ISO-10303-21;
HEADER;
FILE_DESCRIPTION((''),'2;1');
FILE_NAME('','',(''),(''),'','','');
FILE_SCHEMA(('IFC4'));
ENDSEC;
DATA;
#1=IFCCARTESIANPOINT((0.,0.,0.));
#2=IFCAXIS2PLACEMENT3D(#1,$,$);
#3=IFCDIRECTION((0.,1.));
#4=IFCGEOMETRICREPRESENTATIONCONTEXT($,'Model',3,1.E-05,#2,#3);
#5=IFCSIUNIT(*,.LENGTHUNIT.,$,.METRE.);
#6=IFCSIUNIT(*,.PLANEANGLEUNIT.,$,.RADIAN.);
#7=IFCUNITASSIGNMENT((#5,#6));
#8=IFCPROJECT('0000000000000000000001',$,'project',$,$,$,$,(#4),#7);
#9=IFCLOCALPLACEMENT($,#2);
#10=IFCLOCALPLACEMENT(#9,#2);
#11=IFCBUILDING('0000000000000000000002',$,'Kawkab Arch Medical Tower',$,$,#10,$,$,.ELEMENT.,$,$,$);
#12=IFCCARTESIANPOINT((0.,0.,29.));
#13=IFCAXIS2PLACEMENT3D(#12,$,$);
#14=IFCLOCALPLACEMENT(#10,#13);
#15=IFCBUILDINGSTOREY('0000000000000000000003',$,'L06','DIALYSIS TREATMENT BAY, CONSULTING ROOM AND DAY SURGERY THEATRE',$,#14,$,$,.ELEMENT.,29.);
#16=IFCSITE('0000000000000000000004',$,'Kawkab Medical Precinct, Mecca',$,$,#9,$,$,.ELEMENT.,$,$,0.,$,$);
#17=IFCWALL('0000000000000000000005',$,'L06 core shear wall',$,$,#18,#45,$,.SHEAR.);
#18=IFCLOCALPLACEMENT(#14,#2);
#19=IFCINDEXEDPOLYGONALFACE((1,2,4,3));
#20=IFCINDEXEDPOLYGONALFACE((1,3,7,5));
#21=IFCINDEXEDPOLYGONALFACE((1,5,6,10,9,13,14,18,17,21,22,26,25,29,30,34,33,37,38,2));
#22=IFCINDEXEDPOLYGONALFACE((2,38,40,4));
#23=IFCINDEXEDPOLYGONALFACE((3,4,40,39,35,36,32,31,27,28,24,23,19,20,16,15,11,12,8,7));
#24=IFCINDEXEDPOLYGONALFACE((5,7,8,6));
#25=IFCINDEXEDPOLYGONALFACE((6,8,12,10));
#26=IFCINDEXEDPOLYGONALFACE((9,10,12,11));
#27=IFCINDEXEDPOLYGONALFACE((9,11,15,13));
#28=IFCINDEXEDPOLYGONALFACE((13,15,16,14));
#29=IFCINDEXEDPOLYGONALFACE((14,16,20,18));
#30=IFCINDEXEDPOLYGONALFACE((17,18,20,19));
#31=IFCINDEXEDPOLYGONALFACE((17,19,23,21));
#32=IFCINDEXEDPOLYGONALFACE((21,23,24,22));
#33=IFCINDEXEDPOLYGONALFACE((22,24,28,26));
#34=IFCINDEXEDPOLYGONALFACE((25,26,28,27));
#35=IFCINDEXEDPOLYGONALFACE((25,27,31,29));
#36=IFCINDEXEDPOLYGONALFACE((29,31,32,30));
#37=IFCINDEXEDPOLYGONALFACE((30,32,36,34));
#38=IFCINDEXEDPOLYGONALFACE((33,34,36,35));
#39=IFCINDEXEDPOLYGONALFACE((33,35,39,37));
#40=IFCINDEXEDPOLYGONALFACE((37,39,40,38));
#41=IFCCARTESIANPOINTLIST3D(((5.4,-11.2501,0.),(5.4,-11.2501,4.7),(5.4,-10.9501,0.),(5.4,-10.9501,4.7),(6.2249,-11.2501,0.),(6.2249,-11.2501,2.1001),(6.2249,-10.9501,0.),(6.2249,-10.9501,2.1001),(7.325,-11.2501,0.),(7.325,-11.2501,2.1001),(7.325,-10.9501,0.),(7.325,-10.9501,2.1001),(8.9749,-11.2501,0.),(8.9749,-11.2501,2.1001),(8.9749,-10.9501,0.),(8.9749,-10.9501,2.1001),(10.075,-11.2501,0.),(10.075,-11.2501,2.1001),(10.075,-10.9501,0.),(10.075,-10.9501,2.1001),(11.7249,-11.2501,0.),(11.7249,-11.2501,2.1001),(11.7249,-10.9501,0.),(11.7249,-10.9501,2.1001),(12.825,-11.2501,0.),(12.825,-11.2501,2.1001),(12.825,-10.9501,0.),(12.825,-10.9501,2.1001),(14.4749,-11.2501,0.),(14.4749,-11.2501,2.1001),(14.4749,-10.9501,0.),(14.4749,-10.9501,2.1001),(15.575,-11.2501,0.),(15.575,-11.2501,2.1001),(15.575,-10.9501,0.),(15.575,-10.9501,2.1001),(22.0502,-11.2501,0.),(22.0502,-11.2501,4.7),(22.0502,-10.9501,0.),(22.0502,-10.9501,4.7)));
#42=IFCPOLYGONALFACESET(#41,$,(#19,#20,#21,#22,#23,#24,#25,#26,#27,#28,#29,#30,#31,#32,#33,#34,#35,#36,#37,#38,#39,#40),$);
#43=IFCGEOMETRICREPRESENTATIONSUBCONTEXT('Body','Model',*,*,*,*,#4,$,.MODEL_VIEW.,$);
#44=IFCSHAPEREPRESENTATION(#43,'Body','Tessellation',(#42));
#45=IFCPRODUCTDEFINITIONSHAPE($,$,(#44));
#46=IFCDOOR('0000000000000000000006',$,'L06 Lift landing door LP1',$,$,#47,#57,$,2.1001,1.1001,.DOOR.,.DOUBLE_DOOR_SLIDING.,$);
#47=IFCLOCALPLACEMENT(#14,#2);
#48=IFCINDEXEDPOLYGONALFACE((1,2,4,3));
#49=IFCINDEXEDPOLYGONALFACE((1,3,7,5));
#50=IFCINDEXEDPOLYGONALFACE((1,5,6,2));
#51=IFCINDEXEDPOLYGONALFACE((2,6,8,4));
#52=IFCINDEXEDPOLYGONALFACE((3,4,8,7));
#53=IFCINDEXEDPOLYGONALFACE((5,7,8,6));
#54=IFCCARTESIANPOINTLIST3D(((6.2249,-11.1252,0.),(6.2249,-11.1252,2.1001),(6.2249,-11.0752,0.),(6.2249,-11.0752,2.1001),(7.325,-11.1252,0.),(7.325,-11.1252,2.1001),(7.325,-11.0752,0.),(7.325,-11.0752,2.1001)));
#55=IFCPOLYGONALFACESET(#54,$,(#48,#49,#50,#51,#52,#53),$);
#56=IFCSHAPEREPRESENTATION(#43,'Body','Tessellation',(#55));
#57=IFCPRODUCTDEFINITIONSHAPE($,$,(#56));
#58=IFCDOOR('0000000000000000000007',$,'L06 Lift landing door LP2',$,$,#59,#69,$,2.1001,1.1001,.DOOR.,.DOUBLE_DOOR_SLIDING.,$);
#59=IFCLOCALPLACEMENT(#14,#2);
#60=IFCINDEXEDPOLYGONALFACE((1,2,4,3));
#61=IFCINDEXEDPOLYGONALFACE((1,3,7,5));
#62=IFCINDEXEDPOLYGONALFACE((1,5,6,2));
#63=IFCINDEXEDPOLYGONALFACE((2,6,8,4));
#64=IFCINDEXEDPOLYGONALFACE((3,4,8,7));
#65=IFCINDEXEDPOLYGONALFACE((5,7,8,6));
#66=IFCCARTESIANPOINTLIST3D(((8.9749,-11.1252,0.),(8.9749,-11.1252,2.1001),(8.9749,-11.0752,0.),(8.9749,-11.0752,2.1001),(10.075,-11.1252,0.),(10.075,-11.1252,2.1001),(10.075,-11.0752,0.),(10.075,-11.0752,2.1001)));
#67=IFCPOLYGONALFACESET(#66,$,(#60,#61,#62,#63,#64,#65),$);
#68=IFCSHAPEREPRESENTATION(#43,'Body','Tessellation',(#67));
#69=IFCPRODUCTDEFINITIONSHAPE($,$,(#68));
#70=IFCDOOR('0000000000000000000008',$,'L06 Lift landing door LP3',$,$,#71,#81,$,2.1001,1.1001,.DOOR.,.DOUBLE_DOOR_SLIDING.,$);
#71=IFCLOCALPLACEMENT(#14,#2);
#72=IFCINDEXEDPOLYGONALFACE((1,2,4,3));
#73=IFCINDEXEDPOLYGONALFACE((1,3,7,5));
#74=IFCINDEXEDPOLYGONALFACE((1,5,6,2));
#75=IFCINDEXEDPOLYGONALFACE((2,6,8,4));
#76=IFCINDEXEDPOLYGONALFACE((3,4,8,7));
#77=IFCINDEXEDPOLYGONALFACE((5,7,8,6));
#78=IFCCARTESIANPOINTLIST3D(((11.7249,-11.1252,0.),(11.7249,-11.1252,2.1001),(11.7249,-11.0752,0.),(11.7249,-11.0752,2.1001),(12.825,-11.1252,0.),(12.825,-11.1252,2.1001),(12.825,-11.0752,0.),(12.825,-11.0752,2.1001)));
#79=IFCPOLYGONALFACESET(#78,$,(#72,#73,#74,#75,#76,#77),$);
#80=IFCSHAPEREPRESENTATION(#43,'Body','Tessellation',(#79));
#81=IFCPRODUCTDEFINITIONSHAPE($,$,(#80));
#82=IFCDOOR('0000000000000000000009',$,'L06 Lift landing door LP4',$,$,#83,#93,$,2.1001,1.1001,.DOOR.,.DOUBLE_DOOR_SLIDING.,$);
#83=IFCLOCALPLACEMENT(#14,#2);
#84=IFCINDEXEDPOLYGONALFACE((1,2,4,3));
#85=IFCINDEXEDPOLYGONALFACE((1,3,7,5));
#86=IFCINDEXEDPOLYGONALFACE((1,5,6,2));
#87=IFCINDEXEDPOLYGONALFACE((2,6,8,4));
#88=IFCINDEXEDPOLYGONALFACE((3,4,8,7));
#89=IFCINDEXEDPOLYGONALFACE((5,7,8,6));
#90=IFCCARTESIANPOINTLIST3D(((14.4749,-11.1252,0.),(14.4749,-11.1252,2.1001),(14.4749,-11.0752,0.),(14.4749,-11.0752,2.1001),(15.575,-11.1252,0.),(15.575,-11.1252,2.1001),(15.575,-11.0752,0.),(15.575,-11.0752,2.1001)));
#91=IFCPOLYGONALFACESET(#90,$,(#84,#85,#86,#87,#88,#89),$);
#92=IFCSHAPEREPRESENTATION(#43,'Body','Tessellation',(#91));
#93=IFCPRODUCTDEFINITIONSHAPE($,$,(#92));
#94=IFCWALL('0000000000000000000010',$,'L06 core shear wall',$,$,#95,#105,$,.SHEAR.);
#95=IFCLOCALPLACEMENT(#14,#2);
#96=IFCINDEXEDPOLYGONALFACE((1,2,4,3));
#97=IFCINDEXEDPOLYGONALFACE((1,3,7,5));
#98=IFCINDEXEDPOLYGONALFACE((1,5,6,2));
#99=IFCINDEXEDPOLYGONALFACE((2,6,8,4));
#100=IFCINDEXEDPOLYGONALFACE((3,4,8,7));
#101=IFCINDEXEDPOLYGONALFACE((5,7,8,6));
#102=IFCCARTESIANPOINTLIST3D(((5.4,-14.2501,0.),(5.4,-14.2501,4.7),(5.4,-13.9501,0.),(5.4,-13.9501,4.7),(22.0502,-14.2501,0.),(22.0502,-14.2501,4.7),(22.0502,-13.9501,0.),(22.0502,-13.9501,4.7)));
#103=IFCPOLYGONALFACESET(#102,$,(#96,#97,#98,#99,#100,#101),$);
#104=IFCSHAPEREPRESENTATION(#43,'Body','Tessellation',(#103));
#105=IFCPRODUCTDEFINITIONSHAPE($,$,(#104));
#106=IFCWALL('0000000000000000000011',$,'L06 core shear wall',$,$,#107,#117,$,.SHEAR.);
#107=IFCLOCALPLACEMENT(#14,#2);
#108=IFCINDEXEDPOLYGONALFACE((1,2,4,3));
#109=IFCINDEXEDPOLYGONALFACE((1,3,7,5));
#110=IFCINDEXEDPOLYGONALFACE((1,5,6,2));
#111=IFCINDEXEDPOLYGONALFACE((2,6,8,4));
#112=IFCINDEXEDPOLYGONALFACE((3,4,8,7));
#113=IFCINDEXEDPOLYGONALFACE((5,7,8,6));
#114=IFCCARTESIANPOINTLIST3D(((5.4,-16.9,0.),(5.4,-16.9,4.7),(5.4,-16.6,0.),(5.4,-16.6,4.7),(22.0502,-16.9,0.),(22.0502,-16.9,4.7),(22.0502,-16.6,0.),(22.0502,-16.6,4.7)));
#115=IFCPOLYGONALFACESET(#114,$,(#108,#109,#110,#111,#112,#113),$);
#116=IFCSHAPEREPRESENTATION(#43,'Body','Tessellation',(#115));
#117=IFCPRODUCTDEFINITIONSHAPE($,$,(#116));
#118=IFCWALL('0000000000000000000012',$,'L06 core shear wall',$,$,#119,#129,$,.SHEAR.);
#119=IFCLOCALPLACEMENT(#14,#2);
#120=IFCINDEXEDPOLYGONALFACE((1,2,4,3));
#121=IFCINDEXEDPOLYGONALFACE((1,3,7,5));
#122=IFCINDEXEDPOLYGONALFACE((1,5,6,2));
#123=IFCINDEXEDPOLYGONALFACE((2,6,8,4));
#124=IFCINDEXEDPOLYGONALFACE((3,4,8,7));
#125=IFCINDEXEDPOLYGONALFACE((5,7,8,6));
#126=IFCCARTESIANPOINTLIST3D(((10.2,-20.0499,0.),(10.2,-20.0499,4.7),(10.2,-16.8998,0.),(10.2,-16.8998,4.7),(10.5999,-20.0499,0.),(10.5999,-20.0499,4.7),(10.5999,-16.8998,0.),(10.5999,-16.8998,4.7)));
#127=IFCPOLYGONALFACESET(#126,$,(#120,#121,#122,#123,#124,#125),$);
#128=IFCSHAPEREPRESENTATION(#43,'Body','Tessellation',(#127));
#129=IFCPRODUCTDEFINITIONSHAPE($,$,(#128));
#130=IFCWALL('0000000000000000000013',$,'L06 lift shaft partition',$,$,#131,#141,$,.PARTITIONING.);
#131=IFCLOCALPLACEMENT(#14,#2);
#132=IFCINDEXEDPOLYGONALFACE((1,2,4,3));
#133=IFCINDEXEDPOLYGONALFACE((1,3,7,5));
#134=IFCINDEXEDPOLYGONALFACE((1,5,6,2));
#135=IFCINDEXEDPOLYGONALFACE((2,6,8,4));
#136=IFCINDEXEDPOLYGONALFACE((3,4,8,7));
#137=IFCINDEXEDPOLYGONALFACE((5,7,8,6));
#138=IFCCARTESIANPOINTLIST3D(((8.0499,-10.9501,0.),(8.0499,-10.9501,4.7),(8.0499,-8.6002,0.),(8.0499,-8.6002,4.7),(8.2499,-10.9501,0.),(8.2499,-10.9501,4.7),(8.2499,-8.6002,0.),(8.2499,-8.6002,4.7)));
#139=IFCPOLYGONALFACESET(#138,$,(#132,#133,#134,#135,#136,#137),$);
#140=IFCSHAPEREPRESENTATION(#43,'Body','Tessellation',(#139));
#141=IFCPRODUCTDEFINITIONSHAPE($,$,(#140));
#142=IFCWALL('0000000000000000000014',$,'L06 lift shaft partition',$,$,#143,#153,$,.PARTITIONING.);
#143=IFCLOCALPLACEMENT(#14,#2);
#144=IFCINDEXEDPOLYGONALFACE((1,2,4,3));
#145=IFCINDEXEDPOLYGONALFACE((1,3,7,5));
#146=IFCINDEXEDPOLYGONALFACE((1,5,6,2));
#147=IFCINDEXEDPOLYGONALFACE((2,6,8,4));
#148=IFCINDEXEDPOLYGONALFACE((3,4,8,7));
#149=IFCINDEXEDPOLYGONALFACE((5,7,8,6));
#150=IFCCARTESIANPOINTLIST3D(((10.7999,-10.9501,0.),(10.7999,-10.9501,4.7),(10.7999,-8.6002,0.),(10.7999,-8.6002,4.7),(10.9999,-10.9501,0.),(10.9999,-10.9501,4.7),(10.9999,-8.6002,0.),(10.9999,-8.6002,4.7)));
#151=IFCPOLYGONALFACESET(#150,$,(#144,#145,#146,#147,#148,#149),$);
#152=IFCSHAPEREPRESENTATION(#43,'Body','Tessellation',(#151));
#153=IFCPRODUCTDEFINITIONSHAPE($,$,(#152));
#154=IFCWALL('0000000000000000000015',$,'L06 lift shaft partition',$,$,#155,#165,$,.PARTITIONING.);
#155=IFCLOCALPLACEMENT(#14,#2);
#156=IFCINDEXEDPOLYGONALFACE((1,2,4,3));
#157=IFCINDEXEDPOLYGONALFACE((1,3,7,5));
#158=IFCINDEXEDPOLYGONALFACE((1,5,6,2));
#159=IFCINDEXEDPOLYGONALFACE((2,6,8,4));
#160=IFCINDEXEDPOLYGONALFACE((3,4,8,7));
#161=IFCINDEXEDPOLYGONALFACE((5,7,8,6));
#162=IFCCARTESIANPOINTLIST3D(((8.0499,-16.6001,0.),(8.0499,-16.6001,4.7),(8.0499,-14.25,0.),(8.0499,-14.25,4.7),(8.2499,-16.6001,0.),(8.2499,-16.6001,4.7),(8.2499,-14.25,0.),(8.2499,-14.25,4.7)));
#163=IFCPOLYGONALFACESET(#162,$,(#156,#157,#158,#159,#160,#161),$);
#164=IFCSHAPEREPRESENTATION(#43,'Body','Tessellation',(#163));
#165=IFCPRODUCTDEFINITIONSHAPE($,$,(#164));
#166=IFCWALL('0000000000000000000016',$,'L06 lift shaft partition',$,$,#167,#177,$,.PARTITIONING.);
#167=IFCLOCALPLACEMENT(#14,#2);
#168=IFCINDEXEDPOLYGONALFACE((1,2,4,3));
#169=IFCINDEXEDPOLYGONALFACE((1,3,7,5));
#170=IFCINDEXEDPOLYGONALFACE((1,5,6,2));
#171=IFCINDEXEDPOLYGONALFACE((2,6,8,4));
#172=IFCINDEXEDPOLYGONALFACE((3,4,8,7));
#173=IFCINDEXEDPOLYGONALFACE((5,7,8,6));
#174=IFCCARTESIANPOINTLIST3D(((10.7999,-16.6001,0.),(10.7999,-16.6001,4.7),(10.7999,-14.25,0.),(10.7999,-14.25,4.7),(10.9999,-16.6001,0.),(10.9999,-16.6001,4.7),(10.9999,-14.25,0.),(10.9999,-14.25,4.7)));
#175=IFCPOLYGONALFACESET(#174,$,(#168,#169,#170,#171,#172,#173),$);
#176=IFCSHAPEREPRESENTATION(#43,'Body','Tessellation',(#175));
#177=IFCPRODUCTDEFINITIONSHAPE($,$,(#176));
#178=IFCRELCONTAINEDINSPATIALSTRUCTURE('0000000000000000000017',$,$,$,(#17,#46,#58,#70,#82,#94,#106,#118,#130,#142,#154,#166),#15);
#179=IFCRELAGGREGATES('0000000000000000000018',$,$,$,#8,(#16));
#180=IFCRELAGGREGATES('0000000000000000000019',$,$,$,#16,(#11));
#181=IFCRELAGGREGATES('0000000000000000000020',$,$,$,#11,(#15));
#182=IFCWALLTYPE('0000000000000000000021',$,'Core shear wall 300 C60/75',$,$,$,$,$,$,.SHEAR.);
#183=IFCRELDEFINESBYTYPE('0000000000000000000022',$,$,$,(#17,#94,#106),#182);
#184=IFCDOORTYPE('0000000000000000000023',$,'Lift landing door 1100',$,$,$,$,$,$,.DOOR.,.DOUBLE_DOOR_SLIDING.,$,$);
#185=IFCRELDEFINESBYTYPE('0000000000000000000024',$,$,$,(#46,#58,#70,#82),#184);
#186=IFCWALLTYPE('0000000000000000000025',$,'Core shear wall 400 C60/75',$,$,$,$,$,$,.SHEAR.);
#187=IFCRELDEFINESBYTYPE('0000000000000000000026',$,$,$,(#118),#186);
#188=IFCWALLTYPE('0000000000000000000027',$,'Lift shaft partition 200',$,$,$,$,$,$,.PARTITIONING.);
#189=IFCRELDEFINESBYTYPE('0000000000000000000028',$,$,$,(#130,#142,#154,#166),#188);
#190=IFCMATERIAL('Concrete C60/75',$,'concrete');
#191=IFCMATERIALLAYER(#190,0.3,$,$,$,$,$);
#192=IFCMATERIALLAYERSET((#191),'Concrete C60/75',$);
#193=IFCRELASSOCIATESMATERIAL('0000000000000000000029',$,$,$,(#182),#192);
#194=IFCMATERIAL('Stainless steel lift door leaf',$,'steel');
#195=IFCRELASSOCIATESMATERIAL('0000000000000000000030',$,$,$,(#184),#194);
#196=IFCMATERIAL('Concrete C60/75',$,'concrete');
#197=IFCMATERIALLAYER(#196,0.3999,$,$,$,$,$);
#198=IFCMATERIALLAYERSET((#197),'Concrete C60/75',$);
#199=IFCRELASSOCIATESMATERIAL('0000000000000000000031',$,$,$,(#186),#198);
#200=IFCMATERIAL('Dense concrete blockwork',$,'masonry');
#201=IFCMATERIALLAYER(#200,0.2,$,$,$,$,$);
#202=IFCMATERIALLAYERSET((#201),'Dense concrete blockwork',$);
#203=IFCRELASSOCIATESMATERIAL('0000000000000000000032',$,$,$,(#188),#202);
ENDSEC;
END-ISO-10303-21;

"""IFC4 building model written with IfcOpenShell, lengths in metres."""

from ifc_helpers import new_model, si_unit, direction, frame, frame_2d, origin, place, context, subcontext, project, spatial, rectangle, extrude, material, layer, layer_set, type_object, element, fill, save


model = new_model("IFC4")

# Units and contexts
model_context = context("Model", 3, precision=1e-05, world=origin(), true_north=direction((0.0, 1.0)))
body_context = subcontext(model_context, "Body", "Model", "MODEL_VIEW")
ifc_project = project(units=[si_unit("LENGTHUNIT", "METRE"), si_unit("PLANEANGLEUNIT", "RADIAN")], contexts=[model_context])

# Site, building, storey
site_placement = place(None, origin())
site = spatial("IfcSite", under=ifc_project, at=site_placement, Name="Kawkab Medical Precinct, Mecca", CompositionType="ELEMENT", RefElevation=0.0)
building_placement = place(site_placement, origin())
building = spatial("IfcBuilding", under=site, at=building_placement, Name="Kawkab Arch Medical Tower", CompositionType="ELEMENT")
storey_placement = place(building_placement, frame((0.0, 0.0, 29.0)))
storey = spatial("IfcBuildingStorey", under=building, at=storey_placement, Name="L06", Description="DIALYSIS TREATMENT BAY, CONSULTING ROOM AND DAY SURGERY THEATRE", CompositionType="ELEMENT", Elevation=29.0)

# Wall, openings, doors
ifc_material_1 = material(Name="Concrete C60/75", Category="concrete")
ifc_layer_1 = layer(ifc_material_1, 0.3)
ifc_layer_set_1 = layer_set([ifc_layer_1], Name="Concrete C60/75")
wall_type_1 = type_object("IfcWallType", Name="Core shear wall 300 C60/75", PredefinedType="SHEAR", material=ifc_layer_set_1)
wall_1_placement = place(storey_placement, frame((5.3999, -11.1001, 0.0), z_axis=(0.0, 0.0, 1.0), x_axis=(1.0, 0.0, 0.0)))
wall_1 = element("IfcWall", 1, at=wall_1_placement, inside=storey, type_object=wall_type_1, Name="L06 core shear wall", PredefinedType="SHEAR", context=body_context, shape_type="SweptSolid", body=[
    extrude(rectangle(XDim=16.6501, YDim=0.3, at=frame_2d((8.3252, 0.0))), origin(), (0.0, 0.0, 1.0), 4.7),
])
opening_1_placement = place(wall_1_placement, frame((0.825, 0.0, 0.0)))
opening_1 = element("IfcOpeningElement", 2, at=opening_1_placement, cuts=wall_1, PredefinedType="OPENING", context=body_context, shape_type="SweptSolid", body=[
    extrude(rectangle(XDim=1.1001, YDim=2.1001, at=frame_2d((0.55, 1.05))), frame((0.0, 0.1599, 0.0), z_axis=(0.0, -1.0, 0.0), x_axis=(1.0, 0.0, 0.0)), (0.0, 0.0, 1.0), 0.3201),
])
opening_2_placement = place(wall_1_placement, frame((3.575, 0.0, 0.0)))
opening_2 = element("IfcOpeningElement", 3, at=opening_2_placement, cuts=wall_1, PredefinedType="OPENING", context=body_context, shape_type="SweptSolid", body=[
    extrude(rectangle(XDim=1.1001, YDim=2.1001, at=frame_2d((0.55, 1.05))), frame((0.0, 0.1599, 0.0), z_axis=(0.0, -1.0, 0.0), x_axis=(1.0, 0.0, 0.0)), (0.0, 0.0, 1.0), 0.3201),
])
opening_3_placement = place(wall_1_placement, frame((6.325, 0.0, 0.0)))
opening_3 = element("IfcOpeningElement", 4, at=opening_3_placement, cuts=wall_1, PredefinedType="OPENING", context=body_context, shape_type="SweptSolid", body=[
    extrude(rectangle(XDim=1.1001, YDim=2.1001, at=frame_2d((0.55, 1.05))), frame((0.0, 0.1599, 0.0), z_axis=(0.0, -1.0, 0.0), x_axis=(1.0, 0.0, 0.0)), (0.0, 0.0, 1.0), 0.3201),
])
opening_4_placement = place(wall_1_placement, frame((9.075, 0.0, 0.0)))
opening_4 = element("IfcOpeningElement", 5, at=opening_4_placement, cuts=wall_1, PredefinedType="OPENING", context=body_context, shape_type="SweptSolid", body=[
    extrude(rectangle(XDim=1.1001, YDim=2.1001, at=frame_2d((0.55, 1.05))), frame((0.0, 0.1599, 0.0), z_axis=(0.0, -1.0, 0.0), x_axis=(1.0, 0.0, 0.0)), (0.0, 0.0, 1.0), 0.3201),
])
ifc_material_2 = material(Name="Stainless steel lift door leaf", Category="steel")
door_type = type_object("IfcDoorType", Name="Lift landing door 1100", OperationType="DOUBLE_DOOR_SLIDING", PredefinedType="DOOR", material=ifc_material_2)
door_1_placement = place(opening_1_placement, origin())
door_1 = element("IfcDoor", 6, at=door_1_placement, inside=storey, type_object=door_type, Name="L06 Lift landing door LP1", OperationType="DOUBLE_DOOR_SLIDING", OverallHeight=2.1001, OverallWidth=1.1001, PredefinedType="DOOR", context=body_context, shape_type="SweptSolid", body=[
    extrude(rectangle(XDim=1.1001, YDim=2.1001, at=frame_2d((0.55, 1.05))), frame((0.0, 0.0249, 0.0), z_axis=(0.0, -1.0, 0.0), x_axis=(1.0, 0.0, 0.0)), (0.0, 0.0, 1.0), 0.05),
])
fill(opening_1, door_1)
door_2_placement = place(opening_2_placement, origin())
door_2 = element("IfcDoor", 7, at=door_2_placement, inside=storey, type_object=door_type, Name="L06 Lift landing door LP2", OperationType="DOUBLE_DOOR_SLIDING", OverallHeight=2.1001, OverallWidth=1.1001, PredefinedType="DOOR", context=body_context, shape_type="SweptSolid", body=[
    extrude(rectangle(XDim=1.1001, YDim=2.1001, at=frame_2d((0.55, 1.05))), frame((0.0, 0.0249, 0.0), z_axis=(0.0, -1.0, 0.0), x_axis=(1.0, 0.0, 0.0)), (0.0, 0.0, 1.0), 0.05),
])
fill(opening_2, door_2)
door_3_placement = place(opening_3_placement, origin())
door_3 = element("IfcDoor", 8, at=door_3_placement, inside=storey, type_object=door_type, Name="L06 Lift landing door LP3", OperationType="DOUBLE_DOOR_SLIDING", OverallHeight=2.1001, OverallWidth=1.1001, PredefinedType="DOOR", context=body_context, shape_type="SweptSolid", body=[
    extrude(rectangle(XDim=1.1001, YDim=2.1001, at=frame_2d((0.55, 1.05))), frame((0.0, 0.0249, 0.0), z_axis=(0.0, -1.0, 0.0), x_axis=(1.0, 0.0, 0.0)), (0.0, 0.0, 1.0), 0.05),
])
fill(opening_3, door_3)
door_4_placement = place(opening_4_placement, origin())
door_4 = element("IfcDoor", 9, at=door_4_placement, inside=storey, type_object=door_type, Name="L06 Lift landing door LP4", OperationType="DOUBLE_DOOR_SLIDING", OverallHeight=2.1001, OverallWidth=1.1001, PredefinedType="DOOR", context=body_context, shape_type="SweptSolid", body=[
    extrude(rectangle(XDim=1.1001, YDim=2.1001, at=frame_2d((0.55, 1.05))), frame((0.0, 0.0249, 0.0), z_axis=(0.0, -1.0, 0.0), x_axis=(1.0, 0.0, 0.0)), (0.0, 0.0, 1.0), 0.05),
])
fill(opening_4, door_4)

# Walls
for number, where, z_axis, x_axis, name in (
    (10, (5.3999, -14.1001, 0.0), (0.0, 0.0, 1.0), (1.0, 0.0, 0.0), "L06 core shear wall"),
    (11, (5.3999, -16.75, 0.0), (0.0, 0.0, 1.0), (1.0, 0.0, 0.0), "L06 core shear wall"),
):
    element("IfcWall", number, at=place(storey_placement, frame(where, z_axis=z_axis, x_axis=x_axis)), inside=storey, type_object=wall_type_1, Name=name, PredefinedType="SHEAR", context=body_context, shape_type="SweptSolid", body=[
        extrude(rectangle(XDim=16.6501, YDim=0.3, at=frame_2d((8.3252, 0.0))), origin(), (0.0, 0.0, 1.0), 4.7),
    ])
ifc_material_3 = material(Name="Concrete C60/75", Category="concrete")
ifc_layer_2 = layer(ifc_material_3, 0.3999)
ifc_layer_set_2 = layer_set([ifc_layer_2], Name="Concrete C60/75")
wall_type_2 = type_object("IfcWallType", Name="Core shear wall 400 C60/75", PredefinedType="SHEAR", material=ifc_layer_set_2)
wall_2_placement = place(storey_placement, frame((10.3999, -20.05, 0.0), z_axis=(0.0, 0.0, 1.0), x_axis=(0.0, 1.0, 0.0)))
element("IfcWall", 12, at=wall_2_placement, inside=storey, type_object=wall_type_2, Name="L06 core shear wall", PredefinedType="SHEAR", context=body_context, shape_type="SweptSolid", body=[
    extrude(rectangle(XDim=3.1501, YDim=0.3999, at=frame_2d((1.5752, 0.0))), origin(), (0.0, 0.0, 1.0), 4.7),
])
ifc_material_4 = material(Name="Dense concrete blockwork", Category="masonry")
ifc_layer_3 = layer(ifc_material_4, 0.2)
ifc_layer_set_3 = layer_set([ifc_layer_3], Name="Dense concrete blockwork")
wall_type_3 = type_object("IfcWallType", Name="Lift shaft partition 200", PredefinedType="PARTITIONING", material=ifc_layer_set_3)
for number, where, z_axis, x_axis, name in (
    (13, (8.1499, -10.95, 0.0), (0.0, 0.0, 1.0), (0.0, 1.0, 0.0), "L06 lift shaft partition"),
    (14, (10.8999, -10.95, 0.0), (0.0, 0.0, 1.0), (0.0, 1.0, 0.0), "L06 lift shaft partition"),
):
    element("IfcWall", number, at=place(storey_placement, frame(where, z_axis=z_axis, x_axis=x_axis)), inside=storey, type_object=wall_type_3, Name=name, PredefinedType="PARTITIONING", context=body_context, shape_type="SweptSolid", body=[
        extrude(rectangle(XDim=2.3499, YDim=0.2, at=frame_2d((1.1748, 0.0))), origin(), (0.0, 0.0, 1.0), 4.7),
    ])
for number, where, z_axis, x_axis, name in (
    (15, (8.1499, -16.6001, 0.0), (0.0, 0.0, 1.0), (0.0, 1.0, 0.0), "L06 lift shaft partition"),
    (16, (10.8999, -16.6001, 0.0), (0.0, 0.0, 1.0), (0.0, 1.0, 0.0), "L06 lift shaft partition"),
):
    element("IfcWall", number, at=place(storey_placement, frame(where, z_axis=z_axis, x_axis=x_axis)), inside=storey, type_object=wall_type_3, Name=name, PredefinedType="PARTITIONING", context=body_context, shape_type="SweptSolid", body=[
        extrude(rectangle(XDim=2.3501, YDim=0.2, at=frame_2d((1.175, 0.0))), origin(), (0.0, 0.0, 1.0), 4.7),
    ])

save(model, "model.ifc")
